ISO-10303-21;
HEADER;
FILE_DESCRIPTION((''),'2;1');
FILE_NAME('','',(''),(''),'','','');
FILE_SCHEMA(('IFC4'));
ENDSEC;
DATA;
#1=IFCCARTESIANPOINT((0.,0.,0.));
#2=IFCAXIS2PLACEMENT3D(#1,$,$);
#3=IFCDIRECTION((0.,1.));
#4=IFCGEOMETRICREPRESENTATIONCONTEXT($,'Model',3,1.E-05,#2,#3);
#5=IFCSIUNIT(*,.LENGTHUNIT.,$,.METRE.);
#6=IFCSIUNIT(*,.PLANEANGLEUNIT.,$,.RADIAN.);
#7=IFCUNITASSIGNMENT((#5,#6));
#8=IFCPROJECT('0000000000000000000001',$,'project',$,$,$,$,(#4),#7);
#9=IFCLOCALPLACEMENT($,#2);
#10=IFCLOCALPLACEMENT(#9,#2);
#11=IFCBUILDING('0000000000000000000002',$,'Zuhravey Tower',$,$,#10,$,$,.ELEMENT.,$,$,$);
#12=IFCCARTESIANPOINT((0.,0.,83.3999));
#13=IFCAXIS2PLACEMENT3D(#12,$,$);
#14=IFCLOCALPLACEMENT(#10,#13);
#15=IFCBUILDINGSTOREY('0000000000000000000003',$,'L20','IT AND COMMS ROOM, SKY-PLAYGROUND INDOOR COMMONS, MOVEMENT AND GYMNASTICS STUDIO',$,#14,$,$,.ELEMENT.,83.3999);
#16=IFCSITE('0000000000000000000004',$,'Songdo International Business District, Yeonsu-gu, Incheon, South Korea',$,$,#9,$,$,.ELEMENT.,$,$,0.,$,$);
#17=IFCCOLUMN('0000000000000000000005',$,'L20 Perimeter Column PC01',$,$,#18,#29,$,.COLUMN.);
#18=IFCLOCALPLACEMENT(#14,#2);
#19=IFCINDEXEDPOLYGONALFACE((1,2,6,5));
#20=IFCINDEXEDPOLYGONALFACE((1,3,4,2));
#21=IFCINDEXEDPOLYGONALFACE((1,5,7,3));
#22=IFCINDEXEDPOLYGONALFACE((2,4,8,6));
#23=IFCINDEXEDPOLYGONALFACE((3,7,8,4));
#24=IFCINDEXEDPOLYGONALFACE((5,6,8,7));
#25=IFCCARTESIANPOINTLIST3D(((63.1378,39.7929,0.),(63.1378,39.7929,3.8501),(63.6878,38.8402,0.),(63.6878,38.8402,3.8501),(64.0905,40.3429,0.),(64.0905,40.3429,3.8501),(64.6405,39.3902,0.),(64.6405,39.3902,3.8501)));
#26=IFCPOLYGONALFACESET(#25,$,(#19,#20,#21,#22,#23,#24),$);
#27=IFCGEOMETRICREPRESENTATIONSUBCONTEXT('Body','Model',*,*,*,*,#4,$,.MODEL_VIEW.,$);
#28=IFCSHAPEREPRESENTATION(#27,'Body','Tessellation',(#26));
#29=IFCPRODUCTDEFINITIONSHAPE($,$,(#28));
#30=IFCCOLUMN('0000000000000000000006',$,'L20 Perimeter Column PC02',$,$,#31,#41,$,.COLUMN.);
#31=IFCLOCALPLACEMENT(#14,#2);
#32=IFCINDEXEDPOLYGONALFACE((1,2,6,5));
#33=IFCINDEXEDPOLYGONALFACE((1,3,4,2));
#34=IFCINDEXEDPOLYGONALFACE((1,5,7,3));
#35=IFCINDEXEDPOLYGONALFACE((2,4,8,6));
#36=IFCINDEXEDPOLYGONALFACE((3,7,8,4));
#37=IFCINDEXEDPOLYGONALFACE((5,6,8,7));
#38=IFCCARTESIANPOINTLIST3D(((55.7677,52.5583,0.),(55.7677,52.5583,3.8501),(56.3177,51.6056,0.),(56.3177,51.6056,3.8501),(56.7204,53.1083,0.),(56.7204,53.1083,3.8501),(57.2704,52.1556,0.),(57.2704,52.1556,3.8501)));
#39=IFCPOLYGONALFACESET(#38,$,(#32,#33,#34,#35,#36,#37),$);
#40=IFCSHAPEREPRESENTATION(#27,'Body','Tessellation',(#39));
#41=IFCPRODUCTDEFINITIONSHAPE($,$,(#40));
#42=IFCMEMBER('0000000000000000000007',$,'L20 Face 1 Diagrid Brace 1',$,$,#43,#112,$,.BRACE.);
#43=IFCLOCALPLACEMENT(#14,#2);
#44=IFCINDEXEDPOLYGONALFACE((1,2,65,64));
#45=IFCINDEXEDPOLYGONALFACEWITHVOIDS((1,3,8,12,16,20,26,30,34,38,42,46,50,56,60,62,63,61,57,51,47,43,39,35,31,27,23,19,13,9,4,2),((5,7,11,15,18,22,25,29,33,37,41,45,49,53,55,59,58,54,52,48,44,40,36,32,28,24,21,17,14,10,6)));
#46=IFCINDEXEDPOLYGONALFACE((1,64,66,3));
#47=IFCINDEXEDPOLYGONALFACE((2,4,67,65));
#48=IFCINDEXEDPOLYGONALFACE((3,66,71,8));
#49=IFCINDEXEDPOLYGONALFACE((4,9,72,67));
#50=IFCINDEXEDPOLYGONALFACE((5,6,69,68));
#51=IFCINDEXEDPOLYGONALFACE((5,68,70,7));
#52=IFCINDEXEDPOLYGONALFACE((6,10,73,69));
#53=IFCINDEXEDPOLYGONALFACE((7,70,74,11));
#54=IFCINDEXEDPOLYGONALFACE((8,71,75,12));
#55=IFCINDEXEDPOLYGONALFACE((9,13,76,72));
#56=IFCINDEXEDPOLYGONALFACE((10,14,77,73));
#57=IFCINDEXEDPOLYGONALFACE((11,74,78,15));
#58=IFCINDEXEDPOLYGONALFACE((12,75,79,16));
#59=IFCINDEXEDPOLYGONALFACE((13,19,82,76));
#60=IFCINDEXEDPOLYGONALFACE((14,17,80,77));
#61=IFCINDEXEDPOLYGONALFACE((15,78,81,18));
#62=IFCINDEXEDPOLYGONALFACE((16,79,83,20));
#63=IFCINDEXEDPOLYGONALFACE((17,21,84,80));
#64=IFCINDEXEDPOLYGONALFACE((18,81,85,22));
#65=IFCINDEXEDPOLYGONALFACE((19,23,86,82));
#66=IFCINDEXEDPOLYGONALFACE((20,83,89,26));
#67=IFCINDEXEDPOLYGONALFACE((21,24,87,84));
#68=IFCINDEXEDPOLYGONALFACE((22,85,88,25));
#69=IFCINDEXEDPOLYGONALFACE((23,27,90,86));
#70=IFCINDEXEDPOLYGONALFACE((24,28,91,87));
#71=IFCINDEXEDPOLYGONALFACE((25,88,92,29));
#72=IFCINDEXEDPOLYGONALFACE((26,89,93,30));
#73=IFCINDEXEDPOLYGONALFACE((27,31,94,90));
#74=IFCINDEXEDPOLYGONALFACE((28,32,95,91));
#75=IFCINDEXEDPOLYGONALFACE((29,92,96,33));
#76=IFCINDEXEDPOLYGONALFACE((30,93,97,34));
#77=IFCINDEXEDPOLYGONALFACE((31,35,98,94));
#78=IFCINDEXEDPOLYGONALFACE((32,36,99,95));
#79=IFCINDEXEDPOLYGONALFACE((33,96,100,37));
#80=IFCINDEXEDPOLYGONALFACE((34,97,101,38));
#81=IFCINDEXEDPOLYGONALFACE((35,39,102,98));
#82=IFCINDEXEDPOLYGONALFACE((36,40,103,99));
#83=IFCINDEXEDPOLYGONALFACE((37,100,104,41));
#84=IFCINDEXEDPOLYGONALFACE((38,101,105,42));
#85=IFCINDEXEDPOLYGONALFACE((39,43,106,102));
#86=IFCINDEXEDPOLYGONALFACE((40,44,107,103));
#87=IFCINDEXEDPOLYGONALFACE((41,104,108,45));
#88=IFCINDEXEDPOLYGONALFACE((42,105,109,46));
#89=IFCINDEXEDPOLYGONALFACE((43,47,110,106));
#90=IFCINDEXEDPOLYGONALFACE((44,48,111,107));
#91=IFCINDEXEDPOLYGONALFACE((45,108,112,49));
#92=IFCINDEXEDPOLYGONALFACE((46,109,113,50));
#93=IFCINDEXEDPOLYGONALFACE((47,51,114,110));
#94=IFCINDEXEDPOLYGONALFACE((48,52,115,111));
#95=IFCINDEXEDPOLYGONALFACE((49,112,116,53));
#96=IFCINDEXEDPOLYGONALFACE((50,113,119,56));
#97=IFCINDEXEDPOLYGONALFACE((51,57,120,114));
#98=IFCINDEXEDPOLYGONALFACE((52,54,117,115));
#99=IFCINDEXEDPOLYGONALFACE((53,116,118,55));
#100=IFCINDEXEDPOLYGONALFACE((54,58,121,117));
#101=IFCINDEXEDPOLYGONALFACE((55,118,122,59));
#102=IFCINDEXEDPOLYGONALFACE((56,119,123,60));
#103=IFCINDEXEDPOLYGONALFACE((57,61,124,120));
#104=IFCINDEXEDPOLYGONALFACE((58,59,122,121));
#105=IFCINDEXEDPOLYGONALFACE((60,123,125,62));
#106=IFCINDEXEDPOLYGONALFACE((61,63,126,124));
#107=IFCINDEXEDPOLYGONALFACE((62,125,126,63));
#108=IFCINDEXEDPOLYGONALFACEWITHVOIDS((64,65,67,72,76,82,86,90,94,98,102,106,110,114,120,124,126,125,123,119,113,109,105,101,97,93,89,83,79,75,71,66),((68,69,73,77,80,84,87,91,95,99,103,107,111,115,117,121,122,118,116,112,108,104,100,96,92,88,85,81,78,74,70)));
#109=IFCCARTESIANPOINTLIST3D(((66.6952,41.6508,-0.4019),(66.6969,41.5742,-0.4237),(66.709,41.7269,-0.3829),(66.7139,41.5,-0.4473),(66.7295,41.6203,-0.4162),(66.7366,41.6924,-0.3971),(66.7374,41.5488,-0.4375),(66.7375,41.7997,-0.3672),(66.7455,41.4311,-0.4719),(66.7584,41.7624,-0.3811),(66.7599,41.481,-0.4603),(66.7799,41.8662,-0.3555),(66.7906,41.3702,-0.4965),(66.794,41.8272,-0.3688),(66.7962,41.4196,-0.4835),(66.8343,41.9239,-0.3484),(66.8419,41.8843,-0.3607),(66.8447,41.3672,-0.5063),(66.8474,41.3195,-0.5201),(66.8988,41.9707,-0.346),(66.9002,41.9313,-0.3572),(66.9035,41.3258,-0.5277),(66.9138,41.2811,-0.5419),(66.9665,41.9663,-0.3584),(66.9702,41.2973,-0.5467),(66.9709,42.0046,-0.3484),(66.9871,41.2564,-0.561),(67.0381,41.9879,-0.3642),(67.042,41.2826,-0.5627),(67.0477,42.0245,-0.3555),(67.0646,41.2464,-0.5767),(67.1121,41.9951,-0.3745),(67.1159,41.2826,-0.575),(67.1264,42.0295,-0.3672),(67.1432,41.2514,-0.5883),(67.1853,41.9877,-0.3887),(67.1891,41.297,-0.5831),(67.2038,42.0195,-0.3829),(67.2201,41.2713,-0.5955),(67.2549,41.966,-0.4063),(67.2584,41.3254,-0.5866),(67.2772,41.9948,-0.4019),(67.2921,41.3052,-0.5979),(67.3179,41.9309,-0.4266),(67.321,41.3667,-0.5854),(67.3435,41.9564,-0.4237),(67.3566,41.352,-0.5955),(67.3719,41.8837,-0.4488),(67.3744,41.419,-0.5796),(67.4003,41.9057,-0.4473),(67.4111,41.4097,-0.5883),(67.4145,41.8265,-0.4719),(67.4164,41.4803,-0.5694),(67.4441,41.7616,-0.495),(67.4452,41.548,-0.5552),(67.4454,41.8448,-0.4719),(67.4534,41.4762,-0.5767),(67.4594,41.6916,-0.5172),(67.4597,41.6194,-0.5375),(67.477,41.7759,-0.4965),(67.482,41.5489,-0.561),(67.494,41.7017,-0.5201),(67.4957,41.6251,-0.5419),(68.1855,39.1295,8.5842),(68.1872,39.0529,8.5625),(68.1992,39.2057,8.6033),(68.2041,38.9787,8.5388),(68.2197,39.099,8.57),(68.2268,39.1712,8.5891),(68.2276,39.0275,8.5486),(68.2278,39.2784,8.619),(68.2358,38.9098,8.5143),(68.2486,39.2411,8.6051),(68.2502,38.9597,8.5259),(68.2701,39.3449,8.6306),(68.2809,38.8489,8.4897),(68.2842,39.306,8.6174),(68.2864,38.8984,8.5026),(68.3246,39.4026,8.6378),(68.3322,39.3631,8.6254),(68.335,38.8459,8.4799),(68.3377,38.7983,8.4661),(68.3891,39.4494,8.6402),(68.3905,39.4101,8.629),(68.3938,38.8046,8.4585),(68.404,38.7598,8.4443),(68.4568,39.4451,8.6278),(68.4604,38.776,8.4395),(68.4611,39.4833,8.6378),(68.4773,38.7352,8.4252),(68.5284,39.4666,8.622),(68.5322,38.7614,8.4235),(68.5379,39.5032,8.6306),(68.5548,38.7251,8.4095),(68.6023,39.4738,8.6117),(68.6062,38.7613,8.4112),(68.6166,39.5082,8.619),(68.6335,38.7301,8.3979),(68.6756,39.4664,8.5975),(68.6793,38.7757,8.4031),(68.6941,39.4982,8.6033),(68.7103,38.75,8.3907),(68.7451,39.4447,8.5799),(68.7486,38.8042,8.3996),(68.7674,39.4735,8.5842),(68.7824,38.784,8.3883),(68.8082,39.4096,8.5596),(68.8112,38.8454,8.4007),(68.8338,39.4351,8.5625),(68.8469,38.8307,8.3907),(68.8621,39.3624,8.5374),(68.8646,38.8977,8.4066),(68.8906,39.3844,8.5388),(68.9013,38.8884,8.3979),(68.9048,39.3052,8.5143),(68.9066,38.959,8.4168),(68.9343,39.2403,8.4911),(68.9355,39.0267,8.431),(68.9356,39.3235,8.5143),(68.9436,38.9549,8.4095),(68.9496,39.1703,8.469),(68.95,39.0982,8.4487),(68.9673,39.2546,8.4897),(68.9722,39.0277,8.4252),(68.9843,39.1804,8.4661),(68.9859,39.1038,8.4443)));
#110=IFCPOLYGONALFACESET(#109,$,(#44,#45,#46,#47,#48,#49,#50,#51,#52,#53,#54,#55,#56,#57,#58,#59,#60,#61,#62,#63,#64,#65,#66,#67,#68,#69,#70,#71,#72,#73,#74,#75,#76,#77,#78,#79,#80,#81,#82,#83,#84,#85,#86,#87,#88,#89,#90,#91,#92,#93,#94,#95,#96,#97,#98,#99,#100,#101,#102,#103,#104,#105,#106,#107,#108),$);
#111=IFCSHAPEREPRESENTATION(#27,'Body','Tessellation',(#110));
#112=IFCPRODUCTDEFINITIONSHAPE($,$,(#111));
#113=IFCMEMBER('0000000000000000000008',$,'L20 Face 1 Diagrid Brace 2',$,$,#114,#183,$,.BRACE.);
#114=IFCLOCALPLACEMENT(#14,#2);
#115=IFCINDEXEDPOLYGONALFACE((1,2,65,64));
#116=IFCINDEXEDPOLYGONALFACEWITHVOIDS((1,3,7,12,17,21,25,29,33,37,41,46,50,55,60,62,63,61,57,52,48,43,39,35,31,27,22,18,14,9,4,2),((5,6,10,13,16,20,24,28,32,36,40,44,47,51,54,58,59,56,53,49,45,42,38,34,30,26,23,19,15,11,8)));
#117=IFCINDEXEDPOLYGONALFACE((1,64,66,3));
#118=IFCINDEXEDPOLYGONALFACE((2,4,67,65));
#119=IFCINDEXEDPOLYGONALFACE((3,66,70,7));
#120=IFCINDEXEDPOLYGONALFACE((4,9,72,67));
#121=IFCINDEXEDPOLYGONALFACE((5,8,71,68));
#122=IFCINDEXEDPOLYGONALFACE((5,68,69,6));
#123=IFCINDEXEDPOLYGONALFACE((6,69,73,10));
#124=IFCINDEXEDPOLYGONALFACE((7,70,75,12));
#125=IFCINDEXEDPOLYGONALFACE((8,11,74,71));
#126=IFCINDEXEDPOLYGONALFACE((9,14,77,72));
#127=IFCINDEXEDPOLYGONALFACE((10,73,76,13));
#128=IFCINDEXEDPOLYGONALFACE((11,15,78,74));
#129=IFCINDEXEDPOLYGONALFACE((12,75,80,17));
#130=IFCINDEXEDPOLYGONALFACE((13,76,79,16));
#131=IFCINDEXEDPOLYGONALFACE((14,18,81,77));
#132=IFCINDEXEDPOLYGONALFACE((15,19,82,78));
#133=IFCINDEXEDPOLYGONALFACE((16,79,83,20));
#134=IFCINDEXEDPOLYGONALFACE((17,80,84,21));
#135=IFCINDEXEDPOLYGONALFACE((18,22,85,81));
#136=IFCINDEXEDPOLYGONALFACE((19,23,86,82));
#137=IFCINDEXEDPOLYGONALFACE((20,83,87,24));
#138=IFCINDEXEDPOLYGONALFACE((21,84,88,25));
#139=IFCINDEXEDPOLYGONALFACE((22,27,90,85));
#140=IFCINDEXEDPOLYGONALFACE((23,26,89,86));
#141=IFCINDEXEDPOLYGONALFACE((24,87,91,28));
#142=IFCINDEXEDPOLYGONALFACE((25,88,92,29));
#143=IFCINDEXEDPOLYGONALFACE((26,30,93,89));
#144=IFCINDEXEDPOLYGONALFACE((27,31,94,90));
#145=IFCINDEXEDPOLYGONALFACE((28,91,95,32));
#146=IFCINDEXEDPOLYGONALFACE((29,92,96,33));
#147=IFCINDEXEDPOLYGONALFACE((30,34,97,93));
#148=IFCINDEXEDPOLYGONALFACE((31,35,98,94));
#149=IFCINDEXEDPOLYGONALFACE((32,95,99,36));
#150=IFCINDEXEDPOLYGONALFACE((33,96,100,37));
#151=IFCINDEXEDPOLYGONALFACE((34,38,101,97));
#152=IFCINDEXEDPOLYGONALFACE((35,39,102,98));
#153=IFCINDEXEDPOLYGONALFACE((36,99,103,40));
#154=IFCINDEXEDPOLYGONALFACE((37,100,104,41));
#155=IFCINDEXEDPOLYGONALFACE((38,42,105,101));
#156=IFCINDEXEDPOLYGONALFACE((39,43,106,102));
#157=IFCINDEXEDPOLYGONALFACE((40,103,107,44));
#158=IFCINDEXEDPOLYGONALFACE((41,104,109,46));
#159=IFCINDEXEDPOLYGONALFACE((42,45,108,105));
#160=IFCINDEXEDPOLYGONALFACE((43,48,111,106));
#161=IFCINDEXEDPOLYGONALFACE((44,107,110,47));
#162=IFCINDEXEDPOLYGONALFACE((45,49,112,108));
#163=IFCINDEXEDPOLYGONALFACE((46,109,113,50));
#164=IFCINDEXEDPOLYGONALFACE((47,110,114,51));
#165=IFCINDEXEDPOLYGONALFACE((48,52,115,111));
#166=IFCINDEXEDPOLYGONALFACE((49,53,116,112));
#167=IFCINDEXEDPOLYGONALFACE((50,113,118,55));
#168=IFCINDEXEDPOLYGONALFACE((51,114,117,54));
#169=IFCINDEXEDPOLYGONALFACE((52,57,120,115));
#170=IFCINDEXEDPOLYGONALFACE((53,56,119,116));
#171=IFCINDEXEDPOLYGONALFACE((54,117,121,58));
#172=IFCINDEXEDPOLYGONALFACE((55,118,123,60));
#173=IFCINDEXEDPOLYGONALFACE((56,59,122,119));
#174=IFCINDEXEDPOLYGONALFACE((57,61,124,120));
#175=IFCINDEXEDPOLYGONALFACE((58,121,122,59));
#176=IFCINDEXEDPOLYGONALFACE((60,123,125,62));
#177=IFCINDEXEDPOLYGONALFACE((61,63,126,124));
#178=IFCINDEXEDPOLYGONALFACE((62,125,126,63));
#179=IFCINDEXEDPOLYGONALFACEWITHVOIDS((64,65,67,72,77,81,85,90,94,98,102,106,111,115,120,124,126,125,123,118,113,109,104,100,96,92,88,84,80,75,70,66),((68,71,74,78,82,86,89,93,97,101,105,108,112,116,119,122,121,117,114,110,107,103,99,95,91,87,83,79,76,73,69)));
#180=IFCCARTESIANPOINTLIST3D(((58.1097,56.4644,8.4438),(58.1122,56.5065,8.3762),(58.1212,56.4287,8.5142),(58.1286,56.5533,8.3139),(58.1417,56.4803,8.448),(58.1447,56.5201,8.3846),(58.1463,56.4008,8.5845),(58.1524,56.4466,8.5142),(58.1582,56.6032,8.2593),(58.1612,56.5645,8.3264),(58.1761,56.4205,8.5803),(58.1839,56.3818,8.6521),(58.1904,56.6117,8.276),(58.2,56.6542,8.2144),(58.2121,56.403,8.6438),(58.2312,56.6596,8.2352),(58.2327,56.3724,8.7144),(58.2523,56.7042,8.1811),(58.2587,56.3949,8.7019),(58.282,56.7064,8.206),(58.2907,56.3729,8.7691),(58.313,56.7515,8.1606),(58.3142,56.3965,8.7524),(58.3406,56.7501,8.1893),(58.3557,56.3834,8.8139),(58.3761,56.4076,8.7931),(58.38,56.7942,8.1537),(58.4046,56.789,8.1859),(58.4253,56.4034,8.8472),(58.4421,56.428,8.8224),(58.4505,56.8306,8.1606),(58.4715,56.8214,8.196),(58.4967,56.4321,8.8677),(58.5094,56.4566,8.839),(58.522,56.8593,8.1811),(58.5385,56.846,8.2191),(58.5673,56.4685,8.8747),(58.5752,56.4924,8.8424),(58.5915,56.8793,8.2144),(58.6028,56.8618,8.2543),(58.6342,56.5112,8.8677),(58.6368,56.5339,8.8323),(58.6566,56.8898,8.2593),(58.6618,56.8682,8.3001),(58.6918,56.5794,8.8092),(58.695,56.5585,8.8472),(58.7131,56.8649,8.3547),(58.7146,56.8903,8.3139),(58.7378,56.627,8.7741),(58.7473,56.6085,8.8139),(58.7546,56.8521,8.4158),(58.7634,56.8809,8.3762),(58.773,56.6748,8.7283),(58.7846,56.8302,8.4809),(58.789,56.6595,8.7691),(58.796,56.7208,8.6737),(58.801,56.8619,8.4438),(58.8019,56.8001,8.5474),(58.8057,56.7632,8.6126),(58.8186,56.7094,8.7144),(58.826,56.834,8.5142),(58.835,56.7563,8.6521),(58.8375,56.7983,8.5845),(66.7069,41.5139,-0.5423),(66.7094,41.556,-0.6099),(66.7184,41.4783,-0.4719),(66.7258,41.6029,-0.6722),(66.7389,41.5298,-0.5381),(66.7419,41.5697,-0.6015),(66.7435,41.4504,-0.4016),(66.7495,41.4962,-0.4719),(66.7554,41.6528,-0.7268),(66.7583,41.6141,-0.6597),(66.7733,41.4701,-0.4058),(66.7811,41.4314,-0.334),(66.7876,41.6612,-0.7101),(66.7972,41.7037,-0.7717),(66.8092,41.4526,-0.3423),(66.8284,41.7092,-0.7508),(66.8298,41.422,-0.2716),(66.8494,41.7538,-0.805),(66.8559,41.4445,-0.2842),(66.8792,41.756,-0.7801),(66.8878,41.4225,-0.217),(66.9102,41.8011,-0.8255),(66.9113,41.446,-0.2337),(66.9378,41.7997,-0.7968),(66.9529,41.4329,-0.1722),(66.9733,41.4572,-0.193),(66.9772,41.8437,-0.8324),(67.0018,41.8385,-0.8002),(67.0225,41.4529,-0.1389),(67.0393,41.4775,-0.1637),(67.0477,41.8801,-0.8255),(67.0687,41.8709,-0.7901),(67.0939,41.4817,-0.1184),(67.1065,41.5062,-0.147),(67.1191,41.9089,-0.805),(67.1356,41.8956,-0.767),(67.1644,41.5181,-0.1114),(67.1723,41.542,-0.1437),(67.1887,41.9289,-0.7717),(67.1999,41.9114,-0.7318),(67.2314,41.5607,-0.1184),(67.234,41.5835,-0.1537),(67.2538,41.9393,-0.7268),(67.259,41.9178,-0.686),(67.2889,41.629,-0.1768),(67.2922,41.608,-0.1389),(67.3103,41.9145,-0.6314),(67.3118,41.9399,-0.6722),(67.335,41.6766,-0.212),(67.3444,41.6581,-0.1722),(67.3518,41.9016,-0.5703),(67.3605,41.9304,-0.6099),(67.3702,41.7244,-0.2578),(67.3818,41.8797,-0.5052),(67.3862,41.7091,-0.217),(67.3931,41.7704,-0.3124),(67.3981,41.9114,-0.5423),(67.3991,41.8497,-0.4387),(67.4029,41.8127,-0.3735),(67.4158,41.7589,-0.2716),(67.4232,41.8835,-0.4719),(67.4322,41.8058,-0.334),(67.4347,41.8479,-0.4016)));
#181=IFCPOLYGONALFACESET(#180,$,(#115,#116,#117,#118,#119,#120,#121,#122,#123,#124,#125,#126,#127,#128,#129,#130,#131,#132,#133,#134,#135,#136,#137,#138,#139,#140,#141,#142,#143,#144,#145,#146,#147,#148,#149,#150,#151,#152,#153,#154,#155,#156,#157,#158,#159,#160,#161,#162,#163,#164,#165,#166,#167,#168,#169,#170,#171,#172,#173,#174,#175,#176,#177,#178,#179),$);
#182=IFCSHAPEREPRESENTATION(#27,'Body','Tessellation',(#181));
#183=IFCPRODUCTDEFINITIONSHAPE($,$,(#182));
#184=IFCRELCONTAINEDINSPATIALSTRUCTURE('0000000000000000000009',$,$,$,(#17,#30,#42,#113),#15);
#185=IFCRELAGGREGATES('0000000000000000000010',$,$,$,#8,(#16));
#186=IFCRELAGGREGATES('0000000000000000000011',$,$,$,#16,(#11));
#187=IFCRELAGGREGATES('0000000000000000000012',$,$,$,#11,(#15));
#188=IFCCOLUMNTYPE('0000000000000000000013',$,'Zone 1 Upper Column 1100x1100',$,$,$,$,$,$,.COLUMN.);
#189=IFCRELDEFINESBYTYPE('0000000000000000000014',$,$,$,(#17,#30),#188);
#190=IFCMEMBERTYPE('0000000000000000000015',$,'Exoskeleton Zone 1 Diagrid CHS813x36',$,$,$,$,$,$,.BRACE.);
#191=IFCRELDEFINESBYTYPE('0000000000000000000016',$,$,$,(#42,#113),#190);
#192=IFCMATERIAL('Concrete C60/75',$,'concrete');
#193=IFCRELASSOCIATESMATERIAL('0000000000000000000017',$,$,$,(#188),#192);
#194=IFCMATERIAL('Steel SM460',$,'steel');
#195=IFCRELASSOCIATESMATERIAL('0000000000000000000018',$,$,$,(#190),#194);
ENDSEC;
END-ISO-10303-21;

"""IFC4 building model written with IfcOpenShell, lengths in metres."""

from ifc_helpers import new_model, si_unit, direction, frame, origin, origin_2d, place, context, subcontext, project, spatial, rectangle, hollow_circle, extrude, material, material_profile, profile_set, type_object, element, save


model = new_model("IFC4")

# Units and contexts
model_context = context("Model", 3, precision=1e-05, world=origin(), true_north=direction((0.0, 1.0)))
body_context = subcontext(model_context, "Body", "Model", "MODEL_VIEW")
ifc_project = project(units=[si_unit("LENGTHUNIT", "METRE"), si_unit("PLANEANGLEUNIT", "RADIAN")], contexts=[model_context])

# Site, building, storey
site_placement = place(None, origin())
site = spatial("IfcSite", under=ifc_project, at=site_placement, Name="Songdo International Business District, Yeonsu-gu, Incheon, South Korea", CompositionType="ELEMENT", RefElevation=0.0)
building_placement = place(site_placement, origin())
building = spatial("IfcBuilding", under=site, at=building_placement, Name="Zuhravey Tower", CompositionType="ELEMENT")
storey_placement = place(building_placement, frame((0.0, 0.0, 83.3999)))
storey = spatial("IfcBuildingStorey", under=building, at=storey_placement, Name="L20", Description="IT AND COMMS ROOM, SKY-PLAYGROUND INDOOR COMMONS, MOVEMENT AND GYMNASTICS STUDIO", CompositionType="ELEMENT", Elevation=83.3999)

# Columns
ifc_material_1 = material(Name="Concrete C60/75", Category="concrete")
ifc_material_profile_1 = material_profile(ifc_material_1, rectangle(XDim=1.1001, YDim=1.1001, at=origin_2d()), Name="RC-1100x1100")
ifc_profile_set_1 = profile_set([ifc_material_profile_1], Name="Concrete C60/75")
column_type = type_object("IfcColumnType", Name="Zone 1 Upper Column 1100x1100", PredefinedType="COLUMN", material=ifc_profile_set_1)
for number, where, z_axis, x_axis, name in (
    (1, (63.8892, 39.5916, 0.0), (0.0, 0.0, 1.0), (-0.5, 0.866025, 0.0), "L20 Perimeter Column PC01"),
    (2, (56.519, 52.3569, 0.0), (0.0, 0.0, 1.0), (-0.5, 0.866025, 0.0), "L20 Perimeter Column PC02"),
):
    element("IfcColumn", number, at=place(storey_placement, frame(where, z_axis=z_axis, x_axis=x_axis)), inside=storey, type_object=column_type, Name=name, PredefinedType="COLUMN", context=body_context, shape_type="SweptSolid", body=[
        extrude(rectangle(XDim=1.1001, YDim=1.1001, at=origin_2d()), origin(), (0.0, 0.0, 1.0), 3.8501),
    ])

# Members
ifc_material_2 = material(Name="Steel SM460", Category="steel")
ifc_material_profile_2 = material_profile(ifc_material_2, hollow_circle(Radius=0.4065, WallThickness=0.0359, at=origin_2d()), Name="CHS-812.8x36")
ifc_profile_set_2 = profile_set([ifc_material_profile_2], Name="Steel SM460")
member_type_1 = type_object("IfcMemberType", Name="Exoskeleton Zone 1 Diagrid CHS813x36", PredefinedType="BRACE", material=ifc_profile_set_2)
member_1_placement = place(storey_placement, frame((67.0955, 41.6379, -0.4719), z_axis=(0.157675, -0.266761, 0.950777), x_axis=(0.860865, 0.508833, 0.0)))
element("IfcMember", 3, at=member_1_placement, inside=storey, type_object=member_type_1, Name="L20 Face 1 Diagrid Brace 1", PredefinedType="BRACE", context=body_context, shape_type="SweptSolid", body=[
    extrude(hollow_circle(Radius=0.4065, WallThickness=0.0359, at=origin_2d()), origin(), (0.0, 0.0, 1.0), 9.4514),
])
member_2_placement = place(storey_placement, frame((67.0708, 41.6809, -0.4719), z_axis=(-0.442087, 0.768788, 0.462086), x_axis=(-0.86689, -0.4985, 0.0)))
element("IfcMember", 4, at=member_2_placement, inside=storey, type_object=member_type_1, Name="L20 Face 1 Diagrid Brace 2", PredefinedType="BRACE", context=body_context, shape_type="SweptSolid", body=[
    extrude(hollow_circle(Radius=0.4065, WallThickness=0.0359, at=origin_2d()), origin(), (0.0, 0.0, 1.0), 19.4468),
])

save(model, "model.ifc")
